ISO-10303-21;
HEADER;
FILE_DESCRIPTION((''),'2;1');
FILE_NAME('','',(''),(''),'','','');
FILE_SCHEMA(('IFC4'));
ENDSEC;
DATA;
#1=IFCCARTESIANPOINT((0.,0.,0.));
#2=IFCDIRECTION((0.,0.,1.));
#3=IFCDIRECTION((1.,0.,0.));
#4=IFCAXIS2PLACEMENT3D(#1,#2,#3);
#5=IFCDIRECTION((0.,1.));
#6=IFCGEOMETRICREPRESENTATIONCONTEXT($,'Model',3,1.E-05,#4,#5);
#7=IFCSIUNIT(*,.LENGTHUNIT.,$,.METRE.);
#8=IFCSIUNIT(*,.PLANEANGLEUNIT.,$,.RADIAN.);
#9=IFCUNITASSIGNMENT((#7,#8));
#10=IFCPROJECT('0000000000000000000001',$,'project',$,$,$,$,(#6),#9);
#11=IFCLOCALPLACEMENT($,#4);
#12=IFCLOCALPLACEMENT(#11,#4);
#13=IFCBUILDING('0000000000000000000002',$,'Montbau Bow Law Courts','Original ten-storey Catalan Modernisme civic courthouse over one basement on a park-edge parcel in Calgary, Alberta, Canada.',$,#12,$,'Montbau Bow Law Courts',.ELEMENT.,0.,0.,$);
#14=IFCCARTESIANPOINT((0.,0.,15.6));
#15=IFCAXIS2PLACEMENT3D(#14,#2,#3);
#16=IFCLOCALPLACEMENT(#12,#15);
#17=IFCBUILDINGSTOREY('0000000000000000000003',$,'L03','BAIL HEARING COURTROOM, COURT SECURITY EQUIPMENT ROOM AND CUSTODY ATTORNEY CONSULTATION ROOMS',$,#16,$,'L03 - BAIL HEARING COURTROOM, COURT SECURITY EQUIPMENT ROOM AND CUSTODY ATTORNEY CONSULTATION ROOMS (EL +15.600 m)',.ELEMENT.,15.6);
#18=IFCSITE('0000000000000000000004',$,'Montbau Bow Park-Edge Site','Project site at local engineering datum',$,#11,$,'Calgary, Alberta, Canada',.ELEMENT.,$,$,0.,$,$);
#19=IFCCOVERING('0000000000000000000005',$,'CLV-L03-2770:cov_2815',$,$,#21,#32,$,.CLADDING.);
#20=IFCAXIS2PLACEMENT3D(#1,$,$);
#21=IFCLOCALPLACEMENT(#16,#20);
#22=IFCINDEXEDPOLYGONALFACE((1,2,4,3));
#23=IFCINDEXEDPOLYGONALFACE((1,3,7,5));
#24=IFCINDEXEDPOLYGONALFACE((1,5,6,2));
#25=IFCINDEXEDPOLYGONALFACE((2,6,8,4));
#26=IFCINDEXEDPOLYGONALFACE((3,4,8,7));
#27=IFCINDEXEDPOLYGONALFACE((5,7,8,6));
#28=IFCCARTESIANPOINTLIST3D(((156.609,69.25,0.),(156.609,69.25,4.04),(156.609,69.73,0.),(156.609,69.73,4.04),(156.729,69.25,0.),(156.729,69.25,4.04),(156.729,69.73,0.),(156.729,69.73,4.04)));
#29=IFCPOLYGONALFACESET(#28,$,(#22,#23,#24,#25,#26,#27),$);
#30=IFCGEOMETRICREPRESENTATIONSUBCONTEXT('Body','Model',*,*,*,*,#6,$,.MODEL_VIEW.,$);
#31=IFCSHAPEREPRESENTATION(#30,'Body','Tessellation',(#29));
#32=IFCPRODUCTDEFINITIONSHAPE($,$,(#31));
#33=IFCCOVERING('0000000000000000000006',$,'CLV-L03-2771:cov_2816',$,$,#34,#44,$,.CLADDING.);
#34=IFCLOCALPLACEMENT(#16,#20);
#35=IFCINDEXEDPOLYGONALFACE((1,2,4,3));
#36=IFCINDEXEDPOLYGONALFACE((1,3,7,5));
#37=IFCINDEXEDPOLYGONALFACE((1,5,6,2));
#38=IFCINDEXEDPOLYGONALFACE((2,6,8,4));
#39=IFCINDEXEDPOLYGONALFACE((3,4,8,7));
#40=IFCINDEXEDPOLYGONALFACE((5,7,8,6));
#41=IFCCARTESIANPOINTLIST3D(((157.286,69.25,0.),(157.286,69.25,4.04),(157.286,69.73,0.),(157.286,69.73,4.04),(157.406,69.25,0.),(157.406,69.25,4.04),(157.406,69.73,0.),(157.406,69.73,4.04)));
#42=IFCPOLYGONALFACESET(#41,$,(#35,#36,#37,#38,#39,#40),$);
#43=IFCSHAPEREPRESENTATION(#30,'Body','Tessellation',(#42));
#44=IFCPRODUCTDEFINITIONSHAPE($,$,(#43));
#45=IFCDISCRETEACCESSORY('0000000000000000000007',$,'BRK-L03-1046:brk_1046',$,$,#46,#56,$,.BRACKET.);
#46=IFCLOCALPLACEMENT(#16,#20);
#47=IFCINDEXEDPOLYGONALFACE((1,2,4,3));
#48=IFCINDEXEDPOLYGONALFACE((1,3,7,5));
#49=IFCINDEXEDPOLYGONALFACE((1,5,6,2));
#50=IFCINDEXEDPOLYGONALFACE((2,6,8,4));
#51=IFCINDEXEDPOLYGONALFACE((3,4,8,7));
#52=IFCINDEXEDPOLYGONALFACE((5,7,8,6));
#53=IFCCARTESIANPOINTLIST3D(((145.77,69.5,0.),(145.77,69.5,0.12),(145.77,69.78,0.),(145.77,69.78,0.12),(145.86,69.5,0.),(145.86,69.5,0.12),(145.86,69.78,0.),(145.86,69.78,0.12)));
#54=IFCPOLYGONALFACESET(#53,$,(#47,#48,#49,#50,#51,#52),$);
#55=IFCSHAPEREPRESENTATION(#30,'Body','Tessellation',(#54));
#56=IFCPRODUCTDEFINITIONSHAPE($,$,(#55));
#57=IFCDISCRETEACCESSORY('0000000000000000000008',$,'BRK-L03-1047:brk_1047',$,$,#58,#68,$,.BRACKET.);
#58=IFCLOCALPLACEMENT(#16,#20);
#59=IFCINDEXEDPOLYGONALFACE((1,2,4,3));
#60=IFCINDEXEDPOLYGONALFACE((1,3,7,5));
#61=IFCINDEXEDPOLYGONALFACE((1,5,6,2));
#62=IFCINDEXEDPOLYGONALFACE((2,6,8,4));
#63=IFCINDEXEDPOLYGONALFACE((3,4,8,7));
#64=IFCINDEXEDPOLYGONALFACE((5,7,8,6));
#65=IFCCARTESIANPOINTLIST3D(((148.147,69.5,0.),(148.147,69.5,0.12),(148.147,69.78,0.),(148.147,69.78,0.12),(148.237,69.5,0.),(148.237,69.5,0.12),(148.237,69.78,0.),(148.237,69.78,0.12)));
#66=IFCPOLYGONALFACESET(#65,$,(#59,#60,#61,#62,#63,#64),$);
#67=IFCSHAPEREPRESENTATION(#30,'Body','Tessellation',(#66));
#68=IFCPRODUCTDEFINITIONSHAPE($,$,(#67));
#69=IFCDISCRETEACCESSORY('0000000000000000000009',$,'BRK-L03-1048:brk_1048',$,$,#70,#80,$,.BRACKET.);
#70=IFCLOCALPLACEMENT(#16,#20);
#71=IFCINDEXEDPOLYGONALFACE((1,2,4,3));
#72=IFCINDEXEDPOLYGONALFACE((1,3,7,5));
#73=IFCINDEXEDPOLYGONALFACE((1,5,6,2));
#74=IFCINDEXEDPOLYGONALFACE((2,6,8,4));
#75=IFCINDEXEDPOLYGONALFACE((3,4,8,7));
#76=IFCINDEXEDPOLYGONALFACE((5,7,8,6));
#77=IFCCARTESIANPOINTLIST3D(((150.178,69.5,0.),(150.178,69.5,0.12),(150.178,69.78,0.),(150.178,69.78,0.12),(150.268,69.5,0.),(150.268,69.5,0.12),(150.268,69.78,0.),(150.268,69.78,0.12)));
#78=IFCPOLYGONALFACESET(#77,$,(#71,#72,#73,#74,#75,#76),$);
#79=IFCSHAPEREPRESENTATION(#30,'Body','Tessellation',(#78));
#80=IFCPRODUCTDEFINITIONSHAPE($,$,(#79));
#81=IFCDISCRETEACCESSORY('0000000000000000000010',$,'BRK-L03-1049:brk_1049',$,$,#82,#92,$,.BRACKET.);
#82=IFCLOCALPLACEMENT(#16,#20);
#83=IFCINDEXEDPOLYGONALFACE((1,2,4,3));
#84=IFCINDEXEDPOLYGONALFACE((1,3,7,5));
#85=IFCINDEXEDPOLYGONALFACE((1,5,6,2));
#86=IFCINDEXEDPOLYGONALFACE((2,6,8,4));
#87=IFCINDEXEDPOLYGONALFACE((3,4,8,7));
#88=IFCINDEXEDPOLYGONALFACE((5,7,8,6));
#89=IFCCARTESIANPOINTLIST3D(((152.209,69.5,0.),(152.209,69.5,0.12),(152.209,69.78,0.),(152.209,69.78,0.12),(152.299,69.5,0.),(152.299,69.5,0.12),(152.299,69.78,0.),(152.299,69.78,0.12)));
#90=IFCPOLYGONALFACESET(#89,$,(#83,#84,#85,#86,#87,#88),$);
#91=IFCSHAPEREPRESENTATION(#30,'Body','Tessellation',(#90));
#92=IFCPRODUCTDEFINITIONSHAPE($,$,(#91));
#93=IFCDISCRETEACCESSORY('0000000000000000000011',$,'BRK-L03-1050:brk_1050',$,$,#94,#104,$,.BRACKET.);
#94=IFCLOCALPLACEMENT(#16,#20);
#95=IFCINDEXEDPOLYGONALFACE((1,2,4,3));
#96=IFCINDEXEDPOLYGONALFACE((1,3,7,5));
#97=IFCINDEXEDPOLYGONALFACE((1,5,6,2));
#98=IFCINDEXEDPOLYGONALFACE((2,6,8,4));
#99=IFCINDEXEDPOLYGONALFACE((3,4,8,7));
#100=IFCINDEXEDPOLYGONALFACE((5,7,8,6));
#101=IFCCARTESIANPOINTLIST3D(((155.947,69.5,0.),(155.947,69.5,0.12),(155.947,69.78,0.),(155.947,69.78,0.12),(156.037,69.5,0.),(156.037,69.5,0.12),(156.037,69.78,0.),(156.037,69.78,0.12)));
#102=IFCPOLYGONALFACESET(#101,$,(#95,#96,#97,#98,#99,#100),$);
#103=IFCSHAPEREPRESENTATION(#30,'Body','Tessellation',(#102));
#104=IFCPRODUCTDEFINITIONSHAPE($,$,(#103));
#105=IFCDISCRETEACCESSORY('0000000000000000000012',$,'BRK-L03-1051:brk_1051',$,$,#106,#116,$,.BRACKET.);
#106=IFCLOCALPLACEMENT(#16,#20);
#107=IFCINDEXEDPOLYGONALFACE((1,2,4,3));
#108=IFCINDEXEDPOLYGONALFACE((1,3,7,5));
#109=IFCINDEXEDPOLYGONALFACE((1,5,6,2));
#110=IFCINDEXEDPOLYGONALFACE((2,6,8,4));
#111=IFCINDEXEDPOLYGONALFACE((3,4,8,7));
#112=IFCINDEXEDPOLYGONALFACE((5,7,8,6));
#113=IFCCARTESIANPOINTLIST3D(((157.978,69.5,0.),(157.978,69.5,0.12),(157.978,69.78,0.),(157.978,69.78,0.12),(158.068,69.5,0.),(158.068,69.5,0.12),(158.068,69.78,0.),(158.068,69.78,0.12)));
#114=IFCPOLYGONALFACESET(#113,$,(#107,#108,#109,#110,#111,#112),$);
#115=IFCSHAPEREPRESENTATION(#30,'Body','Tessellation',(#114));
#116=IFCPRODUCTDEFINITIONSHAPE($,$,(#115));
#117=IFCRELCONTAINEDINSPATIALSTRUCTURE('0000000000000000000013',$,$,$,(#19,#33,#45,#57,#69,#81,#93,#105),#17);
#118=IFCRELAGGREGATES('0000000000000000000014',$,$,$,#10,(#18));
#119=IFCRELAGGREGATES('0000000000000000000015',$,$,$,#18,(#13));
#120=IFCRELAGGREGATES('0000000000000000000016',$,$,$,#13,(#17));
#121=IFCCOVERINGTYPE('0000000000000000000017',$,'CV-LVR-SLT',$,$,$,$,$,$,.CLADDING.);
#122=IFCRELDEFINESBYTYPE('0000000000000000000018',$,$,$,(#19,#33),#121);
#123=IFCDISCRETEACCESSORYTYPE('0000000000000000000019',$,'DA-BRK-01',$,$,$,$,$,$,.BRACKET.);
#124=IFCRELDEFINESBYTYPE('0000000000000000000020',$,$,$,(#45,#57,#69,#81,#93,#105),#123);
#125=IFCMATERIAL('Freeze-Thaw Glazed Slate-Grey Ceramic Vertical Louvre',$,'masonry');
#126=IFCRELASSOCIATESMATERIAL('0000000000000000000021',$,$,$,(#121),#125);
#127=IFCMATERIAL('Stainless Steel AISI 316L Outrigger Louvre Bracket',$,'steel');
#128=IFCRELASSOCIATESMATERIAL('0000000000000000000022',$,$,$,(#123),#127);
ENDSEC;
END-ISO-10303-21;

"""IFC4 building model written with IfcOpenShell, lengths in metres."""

from ifc_helpers import new_model, si_unit, direction, frame, frame_2d, origin_with_axes, origin_2d_with_axis, place, context, subcontext, project, spatial, rectangle, extrude, material, type_object, element, save


model = new_model("IFC4")

# Units and contexts
model_context = context("Model", 3, precision=1e-05, world=origin_with_axes(), true_north=direction((0.0, 1.0)))
body_context = subcontext(model_context, "Body", "Model", "MODEL_VIEW")
ifc_project = project(units=[si_unit("LENGTHUNIT", "METRE"), si_unit("PLANEANGLEUNIT", "RADIAN")], contexts=[model_context])

# Site, building, storey
site_placement = place(None, origin_with_axes())
site = spatial("IfcSite", under=ifc_project, at=site_placement, Name="Montbau Bow Park-Edge Site", Description="Project site at local engineering datum", LongName="Calgary, Alberta, Canada", CompositionType="ELEMENT", RefElevation=0.0)
building_placement = place(site_placement, origin_with_axes())
building = spatial("IfcBuilding", under=site, at=building_placement, Name="Montbau Bow Law Courts", Description="Original ten-storey Catalan Modernisme civic courthouse over one basement on a park-edge parcel in Calgary, Alberta, Canada.", LongName="Montbau Bow Law Courts", CompositionType="ELEMENT", ElevationOfRefHeight=0.0, ElevationOfTerrain=0.0)
storey_placement = place(building_placement, frame((0.0, 0.0, 15.6), z_axis=(0.0, 0.0, 1.0), x_axis=(1.0, 0.0, 0.0)))
storey = spatial("IfcBuildingStorey", under=building, at=storey_placement, Name="L03", Description="BAIL HEARING COURTROOM, COURT SECURITY EQUIPMENT ROOM AND CUSTODY ATTORNEY CONSULTATION ROOMS", LongName="L03 - BAIL HEARING COURTROOM, COURT SECURITY EQUIPMENT ROOM AND CUSTODY ATTORNEY CONSULTATION ROOMS (EL +15.600 m)", CompositionType="ELEMENT", Elevation=15.6)

# Coverings
ifc_material_1 = material(Name="Freeze-Thaw Glazed Slate-Grey Ceramic Vertical Louvre", Category="masonry")
covering_type = type_object("IfcCoveringType", Name="CV-LVR-SLT", PredefinedType="CLADDING", material=ifc_material_1)
for number, where, z_axis, x_axis, name in (
    (1, (156.669, 69.73, 15.6), (-1.0, 0.0, 0.0), (0.0, -1.0, 0.0), "CLV-L03-2770:cov_2815"),
    (2, (157.346, 69.73, 15.6), (-1.0, 0.0, 0.0), (0.0, -1.0, 0.0), "CLV-L03-2771:cov_2816"),
):
    element("IfcCovering", number, at=place(None, frame(where, z_axis=z_axis, x_axis=x_axis)), inside=storey, type_object=covering_type, Name=name, PredefinedType="CLADDING", context=body_context, shape_type="SweptSolid", body=[
        extrude(rectangle(XDim=0.48, YDim=4.04, at=frame_2d((0.24, 2.02), x_axis=(1.0, 0.0))), frame((0.0, 0.0, -0.06), z_axis=(0.0, 0.0, 1.0), x_axis=(1.0, 0.0, 0.0)), (0.0, 0.0, 1.0), 0.12),
    ])

# Discrete accessories
ifc_material_2 = material(Name="Stainless Steel AISI 316L Outrigger Louvre Bracket", Category="steel")
discrete_accessory_type = type_object("IfcDiscreteAccessoryType", Name="DA-BRK-01", PredefinedType="BRACKET", material=ifc_material_2)
for number, where, z_axis, x_axis, name in (
    (3, (145.815, 69.64, 15.6), (0.0, 0.0, 1.0), (0.0, -1.0, 0.0), "BRK-L03-1046:brk_1046"),
    (4, (148.192, 69.64, 15.6), (0.0, 0.0, 1.0), (0.0, -1.0, 0.0), "BRK-L03-1047:brk_1047"),
    (5, (150.223, 69.64, 15.6), (0.0, 0.0, 1.0), (0.0, -1.0, 0.0), "BRK-L03-1048:brk_1048"),
    (6, (152.254, 69.64, 15.6), (0.0, 0.0, 1.0), (0.0, -1.0, 0.0), "BRK-L03-1049:brk_1049"),
    (7, (155.992, 69.64, 15.6), (0.0, 0.0, 1.0), (0.0, -1.0, 0.0), "BRK-L03-1050:brk_1050"),
    (8, (158.023, 69.64, 15.6), (0.0, 0.0, 1.0), (0.0, -1.0, 0.0), "BRK-L03-1051:brk_1051"),
):
    element("IfcDiscreteAccessory", number, at=place(None, frame(where, z_axis=z_axis, x_axis=x_axis)), inside=storey, type_object=discrete_accessory_type, Name=name, PredefinedType="BRACKET", context=body_context, shape_type="SweptSolid", body=[
        extrude(rectangle(XDim=0.28, YDim=0.09, at=origin_2d_with_axis()), origin_with_axes(), (0.0, 0.0, 1.0), 0.12),
    ])

save(model, "model.ifc")
